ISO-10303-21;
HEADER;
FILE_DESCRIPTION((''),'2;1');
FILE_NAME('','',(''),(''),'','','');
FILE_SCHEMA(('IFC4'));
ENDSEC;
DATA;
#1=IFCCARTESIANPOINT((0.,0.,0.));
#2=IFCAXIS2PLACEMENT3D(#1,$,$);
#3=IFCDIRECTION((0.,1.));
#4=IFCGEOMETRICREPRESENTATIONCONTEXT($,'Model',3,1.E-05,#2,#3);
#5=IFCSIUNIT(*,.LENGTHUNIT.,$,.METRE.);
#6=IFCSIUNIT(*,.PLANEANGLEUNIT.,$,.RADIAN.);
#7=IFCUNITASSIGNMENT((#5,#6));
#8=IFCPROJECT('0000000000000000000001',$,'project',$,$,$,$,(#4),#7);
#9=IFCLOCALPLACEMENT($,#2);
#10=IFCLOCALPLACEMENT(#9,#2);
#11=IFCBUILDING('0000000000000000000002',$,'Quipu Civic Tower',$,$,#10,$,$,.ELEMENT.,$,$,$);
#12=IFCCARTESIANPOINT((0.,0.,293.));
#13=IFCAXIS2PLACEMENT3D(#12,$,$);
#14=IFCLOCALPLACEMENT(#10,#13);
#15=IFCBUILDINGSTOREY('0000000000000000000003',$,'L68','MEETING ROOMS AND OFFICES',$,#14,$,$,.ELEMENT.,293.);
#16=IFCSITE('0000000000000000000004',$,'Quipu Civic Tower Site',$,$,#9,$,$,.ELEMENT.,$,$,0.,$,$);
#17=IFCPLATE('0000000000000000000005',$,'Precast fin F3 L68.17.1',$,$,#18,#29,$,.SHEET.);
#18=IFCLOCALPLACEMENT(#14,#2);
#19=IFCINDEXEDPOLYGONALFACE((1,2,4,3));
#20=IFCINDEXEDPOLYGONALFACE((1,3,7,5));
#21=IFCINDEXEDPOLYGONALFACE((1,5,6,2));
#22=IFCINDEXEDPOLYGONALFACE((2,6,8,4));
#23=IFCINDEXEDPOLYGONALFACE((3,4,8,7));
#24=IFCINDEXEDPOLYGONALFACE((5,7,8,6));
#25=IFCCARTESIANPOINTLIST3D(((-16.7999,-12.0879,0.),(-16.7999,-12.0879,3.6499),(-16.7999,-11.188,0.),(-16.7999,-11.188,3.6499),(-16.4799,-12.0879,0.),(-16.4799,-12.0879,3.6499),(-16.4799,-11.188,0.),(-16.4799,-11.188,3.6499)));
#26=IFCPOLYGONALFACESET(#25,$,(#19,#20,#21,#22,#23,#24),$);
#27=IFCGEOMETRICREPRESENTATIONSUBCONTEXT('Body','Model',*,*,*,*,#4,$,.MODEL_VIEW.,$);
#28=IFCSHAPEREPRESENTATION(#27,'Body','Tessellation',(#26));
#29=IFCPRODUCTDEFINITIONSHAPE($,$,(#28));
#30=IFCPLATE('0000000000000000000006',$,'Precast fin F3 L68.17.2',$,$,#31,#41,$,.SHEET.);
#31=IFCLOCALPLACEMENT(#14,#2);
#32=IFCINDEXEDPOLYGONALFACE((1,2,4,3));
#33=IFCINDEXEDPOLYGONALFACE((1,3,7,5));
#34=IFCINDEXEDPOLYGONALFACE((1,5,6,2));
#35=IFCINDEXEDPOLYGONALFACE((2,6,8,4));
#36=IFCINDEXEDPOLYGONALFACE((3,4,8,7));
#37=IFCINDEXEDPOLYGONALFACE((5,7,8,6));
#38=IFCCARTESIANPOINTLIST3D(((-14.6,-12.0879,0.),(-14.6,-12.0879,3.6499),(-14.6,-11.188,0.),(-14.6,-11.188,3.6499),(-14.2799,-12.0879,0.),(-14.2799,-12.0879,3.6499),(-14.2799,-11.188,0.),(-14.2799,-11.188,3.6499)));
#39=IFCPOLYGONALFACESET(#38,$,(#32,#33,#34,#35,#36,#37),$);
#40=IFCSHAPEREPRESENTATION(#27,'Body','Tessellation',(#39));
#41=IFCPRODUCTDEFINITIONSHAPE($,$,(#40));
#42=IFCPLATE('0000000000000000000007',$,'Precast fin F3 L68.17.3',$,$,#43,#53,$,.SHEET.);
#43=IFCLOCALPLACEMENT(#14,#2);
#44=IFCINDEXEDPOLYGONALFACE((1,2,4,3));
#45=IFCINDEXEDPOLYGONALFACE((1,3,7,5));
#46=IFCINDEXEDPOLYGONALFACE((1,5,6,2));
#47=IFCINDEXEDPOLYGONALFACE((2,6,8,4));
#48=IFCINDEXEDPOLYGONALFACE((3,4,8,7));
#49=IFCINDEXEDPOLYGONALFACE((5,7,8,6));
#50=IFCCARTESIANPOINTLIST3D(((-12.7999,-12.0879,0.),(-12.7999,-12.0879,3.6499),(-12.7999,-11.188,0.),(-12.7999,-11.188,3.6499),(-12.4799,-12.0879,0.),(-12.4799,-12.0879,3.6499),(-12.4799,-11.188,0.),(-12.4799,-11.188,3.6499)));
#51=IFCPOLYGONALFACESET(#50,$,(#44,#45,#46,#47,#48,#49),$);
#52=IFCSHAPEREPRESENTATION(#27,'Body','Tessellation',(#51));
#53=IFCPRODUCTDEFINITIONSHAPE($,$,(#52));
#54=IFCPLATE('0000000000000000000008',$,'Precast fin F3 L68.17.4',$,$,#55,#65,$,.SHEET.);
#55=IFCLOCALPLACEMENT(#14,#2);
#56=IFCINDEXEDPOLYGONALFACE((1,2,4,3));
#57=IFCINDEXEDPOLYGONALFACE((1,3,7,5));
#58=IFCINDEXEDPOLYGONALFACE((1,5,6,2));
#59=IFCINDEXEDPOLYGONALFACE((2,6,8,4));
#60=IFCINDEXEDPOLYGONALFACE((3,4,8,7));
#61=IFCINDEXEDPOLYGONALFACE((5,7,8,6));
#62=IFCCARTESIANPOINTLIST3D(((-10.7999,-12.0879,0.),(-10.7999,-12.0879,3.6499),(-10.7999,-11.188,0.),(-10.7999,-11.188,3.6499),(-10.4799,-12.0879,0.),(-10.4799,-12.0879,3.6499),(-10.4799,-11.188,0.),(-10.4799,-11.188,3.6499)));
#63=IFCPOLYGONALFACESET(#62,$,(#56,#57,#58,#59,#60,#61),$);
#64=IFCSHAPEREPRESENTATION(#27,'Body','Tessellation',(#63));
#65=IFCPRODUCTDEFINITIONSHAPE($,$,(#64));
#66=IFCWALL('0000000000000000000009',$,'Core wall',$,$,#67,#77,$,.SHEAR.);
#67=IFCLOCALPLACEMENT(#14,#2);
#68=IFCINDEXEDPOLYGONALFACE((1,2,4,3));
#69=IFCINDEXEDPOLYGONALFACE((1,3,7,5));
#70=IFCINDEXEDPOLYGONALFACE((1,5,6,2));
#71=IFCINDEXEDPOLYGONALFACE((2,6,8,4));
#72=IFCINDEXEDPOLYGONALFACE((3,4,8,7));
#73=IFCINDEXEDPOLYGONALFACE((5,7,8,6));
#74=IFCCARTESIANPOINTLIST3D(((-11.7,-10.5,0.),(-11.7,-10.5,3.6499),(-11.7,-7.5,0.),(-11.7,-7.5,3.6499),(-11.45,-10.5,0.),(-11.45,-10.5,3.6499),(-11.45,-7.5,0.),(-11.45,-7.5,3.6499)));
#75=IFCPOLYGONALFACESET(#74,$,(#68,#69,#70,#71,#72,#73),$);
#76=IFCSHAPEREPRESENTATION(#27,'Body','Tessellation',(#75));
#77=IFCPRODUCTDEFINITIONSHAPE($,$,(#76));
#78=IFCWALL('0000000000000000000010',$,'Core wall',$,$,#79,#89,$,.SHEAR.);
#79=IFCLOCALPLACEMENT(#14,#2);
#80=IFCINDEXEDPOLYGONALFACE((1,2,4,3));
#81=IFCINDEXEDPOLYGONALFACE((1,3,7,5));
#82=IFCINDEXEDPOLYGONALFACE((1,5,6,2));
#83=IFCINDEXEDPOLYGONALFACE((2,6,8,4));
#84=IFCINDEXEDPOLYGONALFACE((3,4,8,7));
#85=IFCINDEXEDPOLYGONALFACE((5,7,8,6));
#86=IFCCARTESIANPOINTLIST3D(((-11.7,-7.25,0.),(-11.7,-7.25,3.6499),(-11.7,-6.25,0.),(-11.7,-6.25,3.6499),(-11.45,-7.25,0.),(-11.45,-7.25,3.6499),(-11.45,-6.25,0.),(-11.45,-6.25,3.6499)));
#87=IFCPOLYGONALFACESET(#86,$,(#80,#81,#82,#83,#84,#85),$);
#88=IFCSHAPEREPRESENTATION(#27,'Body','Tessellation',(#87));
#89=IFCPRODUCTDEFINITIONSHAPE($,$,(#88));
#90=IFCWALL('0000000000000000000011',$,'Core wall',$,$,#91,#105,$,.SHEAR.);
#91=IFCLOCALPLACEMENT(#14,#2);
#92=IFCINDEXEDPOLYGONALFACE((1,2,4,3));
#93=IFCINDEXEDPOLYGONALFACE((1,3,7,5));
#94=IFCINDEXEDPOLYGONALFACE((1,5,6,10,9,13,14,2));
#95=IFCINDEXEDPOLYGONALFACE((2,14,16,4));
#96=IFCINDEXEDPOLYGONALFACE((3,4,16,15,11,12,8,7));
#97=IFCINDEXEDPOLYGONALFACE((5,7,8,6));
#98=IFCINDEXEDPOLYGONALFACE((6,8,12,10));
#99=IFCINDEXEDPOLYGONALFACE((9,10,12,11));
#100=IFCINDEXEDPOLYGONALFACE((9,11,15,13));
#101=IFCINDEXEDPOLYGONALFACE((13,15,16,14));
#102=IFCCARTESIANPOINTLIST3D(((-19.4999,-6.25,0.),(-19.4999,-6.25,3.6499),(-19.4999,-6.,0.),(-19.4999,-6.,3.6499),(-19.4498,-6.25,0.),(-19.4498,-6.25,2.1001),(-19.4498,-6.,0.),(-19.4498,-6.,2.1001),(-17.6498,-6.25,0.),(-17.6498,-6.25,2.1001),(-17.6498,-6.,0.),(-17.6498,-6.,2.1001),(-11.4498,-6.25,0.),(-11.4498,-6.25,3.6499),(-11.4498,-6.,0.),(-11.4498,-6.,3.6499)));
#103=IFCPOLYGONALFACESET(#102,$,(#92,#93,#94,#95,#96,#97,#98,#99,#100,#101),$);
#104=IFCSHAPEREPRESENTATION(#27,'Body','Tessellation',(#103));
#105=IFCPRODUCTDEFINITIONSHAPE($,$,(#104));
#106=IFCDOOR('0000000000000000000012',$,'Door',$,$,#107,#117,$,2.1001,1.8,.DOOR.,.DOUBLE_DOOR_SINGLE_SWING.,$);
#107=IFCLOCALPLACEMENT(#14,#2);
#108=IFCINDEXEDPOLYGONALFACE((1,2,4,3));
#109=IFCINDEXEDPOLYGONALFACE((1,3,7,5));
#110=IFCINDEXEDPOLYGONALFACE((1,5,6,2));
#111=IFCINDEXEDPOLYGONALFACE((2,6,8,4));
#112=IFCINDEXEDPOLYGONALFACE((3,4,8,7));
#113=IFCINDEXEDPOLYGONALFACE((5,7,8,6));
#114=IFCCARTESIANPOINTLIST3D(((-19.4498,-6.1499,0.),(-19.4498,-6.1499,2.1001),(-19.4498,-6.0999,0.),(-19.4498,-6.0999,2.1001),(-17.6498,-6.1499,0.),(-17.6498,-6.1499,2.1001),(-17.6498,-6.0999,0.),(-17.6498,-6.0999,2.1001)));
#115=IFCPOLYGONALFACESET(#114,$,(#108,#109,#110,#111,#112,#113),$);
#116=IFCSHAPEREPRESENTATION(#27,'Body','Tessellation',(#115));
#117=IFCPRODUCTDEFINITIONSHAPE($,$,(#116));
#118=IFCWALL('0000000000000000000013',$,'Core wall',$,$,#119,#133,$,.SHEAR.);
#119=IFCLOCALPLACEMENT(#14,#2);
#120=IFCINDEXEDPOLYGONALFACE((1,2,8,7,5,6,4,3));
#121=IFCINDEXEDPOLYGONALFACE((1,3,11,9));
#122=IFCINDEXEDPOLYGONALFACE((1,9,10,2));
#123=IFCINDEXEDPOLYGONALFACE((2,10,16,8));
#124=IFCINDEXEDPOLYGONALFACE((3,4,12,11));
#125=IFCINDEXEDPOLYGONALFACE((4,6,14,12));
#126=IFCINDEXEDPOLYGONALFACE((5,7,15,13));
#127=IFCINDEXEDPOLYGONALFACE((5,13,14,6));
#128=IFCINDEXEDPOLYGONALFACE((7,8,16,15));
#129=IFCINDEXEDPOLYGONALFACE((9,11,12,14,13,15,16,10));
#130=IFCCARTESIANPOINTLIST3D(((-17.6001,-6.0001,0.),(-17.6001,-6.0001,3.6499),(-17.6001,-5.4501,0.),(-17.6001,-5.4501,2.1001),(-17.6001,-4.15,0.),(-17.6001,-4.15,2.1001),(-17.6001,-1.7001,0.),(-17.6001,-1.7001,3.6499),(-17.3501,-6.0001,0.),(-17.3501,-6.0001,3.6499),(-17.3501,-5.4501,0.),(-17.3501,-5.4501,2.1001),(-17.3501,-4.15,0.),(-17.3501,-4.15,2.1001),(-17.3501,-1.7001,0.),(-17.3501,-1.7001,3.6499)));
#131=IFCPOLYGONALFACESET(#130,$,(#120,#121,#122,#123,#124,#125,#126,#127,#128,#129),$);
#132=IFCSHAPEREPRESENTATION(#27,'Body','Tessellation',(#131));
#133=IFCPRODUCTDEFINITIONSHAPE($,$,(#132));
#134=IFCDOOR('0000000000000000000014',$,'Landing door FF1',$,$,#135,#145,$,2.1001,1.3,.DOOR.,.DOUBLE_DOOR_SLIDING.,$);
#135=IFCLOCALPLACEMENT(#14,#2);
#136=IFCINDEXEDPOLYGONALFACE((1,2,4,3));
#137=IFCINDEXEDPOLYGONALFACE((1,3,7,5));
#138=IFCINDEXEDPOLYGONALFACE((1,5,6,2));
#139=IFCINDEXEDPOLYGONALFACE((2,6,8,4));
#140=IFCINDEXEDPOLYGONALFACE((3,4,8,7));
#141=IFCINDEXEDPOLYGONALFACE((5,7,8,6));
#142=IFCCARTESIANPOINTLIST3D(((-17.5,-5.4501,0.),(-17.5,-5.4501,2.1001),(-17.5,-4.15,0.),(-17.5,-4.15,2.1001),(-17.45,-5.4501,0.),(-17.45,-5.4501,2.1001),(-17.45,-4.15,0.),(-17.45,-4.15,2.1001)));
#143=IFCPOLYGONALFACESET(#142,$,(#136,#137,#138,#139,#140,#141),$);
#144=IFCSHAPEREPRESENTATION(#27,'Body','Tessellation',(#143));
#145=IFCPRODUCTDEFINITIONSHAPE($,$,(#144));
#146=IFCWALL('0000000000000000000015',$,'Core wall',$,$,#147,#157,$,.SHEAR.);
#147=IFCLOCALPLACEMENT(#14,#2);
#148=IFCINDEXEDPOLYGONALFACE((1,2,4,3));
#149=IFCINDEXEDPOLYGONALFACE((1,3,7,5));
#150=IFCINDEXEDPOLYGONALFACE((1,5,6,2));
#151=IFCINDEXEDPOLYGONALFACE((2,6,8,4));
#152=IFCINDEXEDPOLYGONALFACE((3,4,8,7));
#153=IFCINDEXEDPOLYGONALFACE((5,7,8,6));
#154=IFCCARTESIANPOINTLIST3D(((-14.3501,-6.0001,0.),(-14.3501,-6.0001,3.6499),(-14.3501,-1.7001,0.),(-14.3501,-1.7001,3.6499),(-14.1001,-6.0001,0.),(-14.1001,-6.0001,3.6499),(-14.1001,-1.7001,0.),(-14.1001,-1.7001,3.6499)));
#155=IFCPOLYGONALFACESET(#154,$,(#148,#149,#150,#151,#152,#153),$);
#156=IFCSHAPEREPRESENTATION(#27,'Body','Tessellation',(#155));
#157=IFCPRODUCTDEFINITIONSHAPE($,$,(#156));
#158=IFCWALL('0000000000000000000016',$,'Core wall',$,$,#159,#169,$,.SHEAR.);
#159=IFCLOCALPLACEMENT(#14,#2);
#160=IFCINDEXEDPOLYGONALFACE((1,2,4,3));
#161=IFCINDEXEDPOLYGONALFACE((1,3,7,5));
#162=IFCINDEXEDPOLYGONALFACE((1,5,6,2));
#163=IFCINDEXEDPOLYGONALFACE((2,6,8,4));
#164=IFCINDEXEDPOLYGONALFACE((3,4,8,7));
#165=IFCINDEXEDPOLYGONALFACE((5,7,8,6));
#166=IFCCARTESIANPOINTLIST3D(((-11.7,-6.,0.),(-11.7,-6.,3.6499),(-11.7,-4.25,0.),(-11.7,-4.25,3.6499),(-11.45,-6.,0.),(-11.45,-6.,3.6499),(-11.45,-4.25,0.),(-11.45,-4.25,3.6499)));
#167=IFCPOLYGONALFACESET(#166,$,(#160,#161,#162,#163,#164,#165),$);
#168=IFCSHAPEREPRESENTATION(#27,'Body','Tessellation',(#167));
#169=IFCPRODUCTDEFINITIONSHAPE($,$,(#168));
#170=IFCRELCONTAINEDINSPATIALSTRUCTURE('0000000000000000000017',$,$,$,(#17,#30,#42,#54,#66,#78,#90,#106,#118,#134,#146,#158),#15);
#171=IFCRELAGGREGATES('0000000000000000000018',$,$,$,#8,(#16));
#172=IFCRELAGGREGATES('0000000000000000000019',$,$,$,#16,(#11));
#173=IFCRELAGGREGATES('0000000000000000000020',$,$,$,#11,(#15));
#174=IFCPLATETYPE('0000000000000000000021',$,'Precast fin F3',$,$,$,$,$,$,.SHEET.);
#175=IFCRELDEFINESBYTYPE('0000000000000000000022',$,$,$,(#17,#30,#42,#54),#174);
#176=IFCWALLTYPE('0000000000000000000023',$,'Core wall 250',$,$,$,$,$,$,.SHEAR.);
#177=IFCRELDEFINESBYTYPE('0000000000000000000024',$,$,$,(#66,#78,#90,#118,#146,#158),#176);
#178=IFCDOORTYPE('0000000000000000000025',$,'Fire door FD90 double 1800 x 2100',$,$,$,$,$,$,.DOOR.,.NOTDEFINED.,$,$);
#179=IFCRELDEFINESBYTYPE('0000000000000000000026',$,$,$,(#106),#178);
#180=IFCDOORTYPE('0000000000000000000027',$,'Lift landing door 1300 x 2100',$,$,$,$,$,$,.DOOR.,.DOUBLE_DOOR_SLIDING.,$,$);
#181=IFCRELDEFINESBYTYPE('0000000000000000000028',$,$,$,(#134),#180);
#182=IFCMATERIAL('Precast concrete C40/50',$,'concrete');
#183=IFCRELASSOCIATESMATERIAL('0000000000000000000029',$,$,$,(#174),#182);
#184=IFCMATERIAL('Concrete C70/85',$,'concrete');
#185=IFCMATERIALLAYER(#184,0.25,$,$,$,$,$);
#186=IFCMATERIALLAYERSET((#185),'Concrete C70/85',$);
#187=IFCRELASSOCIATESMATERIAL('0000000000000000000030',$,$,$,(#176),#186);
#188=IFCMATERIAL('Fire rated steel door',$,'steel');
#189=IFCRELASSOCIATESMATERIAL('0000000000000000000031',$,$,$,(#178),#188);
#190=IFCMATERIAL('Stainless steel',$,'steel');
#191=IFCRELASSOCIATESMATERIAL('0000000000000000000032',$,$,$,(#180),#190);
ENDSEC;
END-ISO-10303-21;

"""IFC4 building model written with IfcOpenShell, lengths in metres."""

from ifc_helpers import new_model, si_unit, direction, frame, frame_2d, origin, origin_2d, place, context, subcontext, project, spatial, rectangle, extrude, material, layer, layer_set, type_object, element, fill, save


model = new_model("IFC4")

# Units and contexts
model_context = context("Model", 3, precision=1e-05, world=origin(), true_north=direction((0.0, 1.0)))
body_context = subcontext(model_context, "Body", "Model", "MODEL_VIEW")
ifc_project = project(units=[si_unit("LENGTHUNIT", "METRE"), si_unit("PLANEANGLEUNIT", "RADIAN")], contexts=[model_context])

# Site, building, storey
site_placement = place(None, origin())
site = spatial("IfcSite", under=ifc_project, at=site_placement, Name="Quipu Civic Tower Site", CompositionType="ELEMENT", RefElevation=0.0)
building_placement = place(site_placement, origin())
building = spatial("IfcBuilding", under=site, at=building_placement, Name="Quipu Civic Tower", CompositionType="ELEMENT")
storey_placement = place(building_placement, frame((0.0, 0.0, 293.0)))
storey = spatial("IfcBuildingStorey", under=building, at=storey_placement, Name="L68", Description="MEETING ROOMS AND OFFICES", CompositionType="ELEMENT", Elevation=293.0)

# Plates
ifc_material_1 = material(Name="Precast concrete C40/50", Category="concrete")
plate_type = type_object("IfcPlateType", Name="Precast fin F3", PredefinedType="SHEET", material=ifc_material_1)
for number, where, z_axis, x_axis, name in (
    (1, (-16.6399, -11.6379, 0.0), (0.0, 0.0, 1.0), (1.0, 0.0, 0.0), "Precast fin F3 L68.17.1"),
    (2, (-14.4399, -11.6379, 0.0), (0.0, 0.0, 1.0), (1.0, 0.0, 0.0), "Precast fin F3 L68.17.2"),
    (3, (-12.6399, -11.6379, 0.0), (0.0, 0.0, 1.0), (1.0, 0.0, 0.0), "Precast fin F3 L68.17.3"),
    (4, (-10.6399, -11.6379, 0.0), (0.0, 0.0, 1.0), (1.0, 0.0, 0.0), "Precast fin F3 L68.17.4"),
):
    element("IfcPlate", number, at=place(storey_placement, frame(where, z_axis=z_axis, x_axis=x_axis)), inside=storey, type_object=plate_type, Name=name, PredefinedType="SHEET", context=body_context, shape_type="SweptSolid", body=[
        extrude(rectangle(XDim=0.3201, YDim=0.8999, at=origin_2d()), origin(), (0.0, 0.0, 1.0), 3.6499),
    ])

# Walls
ifc_material_2 = material(Name="Concrete C70/85", Category="concrete")
ifc_layer_1 = layer(ifc_material_2, 0.25)
ifc_layer_set_1 = layer_set([ifc_layer_1], Name="Concrete C70/85")
wall_type_1 = type_object("IfcWallType", Name="Core wall 250", PredefinedType="SHEAR", material=ifc_layer_set_1)
wall_1_placement = place(storey_placement, frame((-11.575, -10.5, 0.0), z_axis=(0.0, 0.0, 1.0), x_axis=(0.0, 1.0, 0.0)))
element("IfcWall", 5, at=wall_1_placement, inside=storey, type_object=wall_type_1, Name="Core wall", PredefinedType="SHEAR", context=body_context, shape_type="SweptSolid", body=[
    extrude(rectangle(XDim=3.0, YDim=0.25, at=frame_2d((1.5, 0.0))), origin(), (0.0, 0.0, 1.0), 3.6499),
])
wall_2_placement = place(storey_placement, frame((-11.575, -7.25, 0.0), z_axis=(0.0, 0.0, 1.0), x_axis=(0.0, 1.0, 0.0)))
element("IfcWall", 6, at=wall_2_placement, inside=storey, type_object=wall_type_1, Name="Core wall", PredefinedType="SHEAR", context=body_context, shape_type="SweptSolid", body=[
    extrude(rectangle(XDim=1.0, YDim=0.25, at=frame_2d((0.5, 0.0))), origin(), (0.0, 0.0, 1.0), 3.6499),
])

# Walls, openings, doors
wall_3_placement = place(storey_placement, frame((-11.45, -6.125, 0.0), z_axis=(0.0, 0.0, 1.0), x_axis=(-1.0, 0.0, 0.0)))
wall_3 = element("IfcWall", 7, at=wall_3_placement, inside=storey, type_object=wall_type_1, Name="Core wall", PredefinedType="SHEAR", context=body_context, shape_type="SweptSolid", body=[
    extrude(rectangle(XDim=8.05, YDim=0.25, at=frame_2d((4.0249, 0.0))), origin(), (0.0, 0.0, 1.0), 3.6499),
])
opening_1_placement = place(wall_3_placement, frame((6.2, 0.0, 0.0)))
opening_1 = element("IfcOpeningElement", 8, at=opening_1_placement, cuts=wall_3, PredefinedType="OPENING", context=body_context, shape_type="SweptSolid", body=[
    extrude(rectangle(XDim=1.8, YDim=2.1001, at=frame_2d((0.8999, 1.05))), frame((0.0, 0.135, 0.0), z_axis=(0.0, -1.0, 0.0), x_axis=(1.0, 0.0, 0.0)), (0.0, 0.0, 1.0), 0.27),
])
ifc_material_3 = material(Name="Fire rated steel door", Category="steel")
door_type_1 = type_object("IfcDoorType", Name="Fire door FD90 double 1800 x 2100", OperationType="NOTDEFINED", PredefinedType="DOOR", material=ifc_material_3)
door_1_placement = place(opening_1_placement, origin())
door_1 = element("IfcDoor", 9, at=door_1_placement, inside=storey, type_object=door_type_1, Name="Door", OperationType="DOUBLE_DOOR_SINGLE_SWING", OverallHeight=2.1001, OverallWidth=1.8, PredefinedType="DOOR", context=body_context, shape_type="SweptSolid", body=[
    extrude(rectangle(XDim=1.8, YDim=2.1001, at=frame_2d((0.8999, 1.05))), frame((0.0, 0.0249, 0.0), z_axis=(0.0, -1.0, 0.0), x_axis=(1.0, 0.0, 0.0)), (0.0, 0.0, 1.0), 0.05),
])
fill(opening_1, door_1)
wall_4_placement = place(storey_placement, frame((-17.4751, -6.0, 0.0), z_axis=(0.0, 0.0, 1.0), x_axis=(0.0, 1.0, 0.0)))
wall_4 = element("IfcWall", 10, at=wall_4_placement, inside=storey, type_object=wall_type_1, Name="Core wall", PredefinedType="SHEAR", context=body_context, shape_type="SweptSolid", body=[
    extrude(rectangle(XDim=4.3, YDim=0.25, at=frame_2d((2.1499, 0.0))), origin(), (0.0, 0.0, 1.0), 3.6499),
])
opening_2_placement = place(wall_4_placement, frame((0.55, 0.0, 0.0)))
opening_2 = element("IfcOpeningElement", 11, at=opening_2_placement, cuts=wall_4, PredefinedType="OPENING", context=body_context, shape_type="SweptSolid", body=[
    extrude(rectangle(XDim=1.3, YDim=2.1001, at=frame_2d((0.6499, 1.05))), frame((0.0, 0.135, 0.0), z_axis=(0.0, -1.0, 0.0), x_axis=(1.0, 0.0, 0.0)), (0.0, 0.0, 1.0), 0.27),
])
ifc_material_4 = material(Name="Stainless steel", Category="steel")
door_type_2 = type_object("IfcDoorType", Name="Lift landing door 1300 x 2100", OperationType="DOUBLE_DOOR_SLIDING", PredefinedType="DOOR", material=ifc_material_4)
door_2_placement = place(opening_2_placement, origin())
door_2 = element("IfcDoor", 12, at=door_2_placement, inside=storey, type_object=door_type_2, Name="Landing door FF1", OperationType="DOUBLE_DOOR_SLIDING", OverallHeight=2.1001, OverallWidth=1.3, PredefinedType="DOOR", context=body_context, shape_type="SweptSolid", body=[
    extrude(rectangle(XDim=1.3, YDim=2.1001, at=frame_2d((0.6499, 1.05))), frame((0.0, 0.0249, 0.0), z_axis=(0.0, -1.0, 0.0), x_axis=(1.0, 0.0, 0.0)), (0.0, 0.0, 1.0), 0.05),
])
fill(opening_2, door_2)

# Walls
wall_5_placement = place(storey_placement, frame((-14.2251, -6.0, 0.0), z_axis=(0.0, 0.0, 1.0), x_axis=(0.0, 1.0, 0.0)))
element("IfcWall", 13, at=wall_5_placement, inside=storey, type_object=wall_type_1, Name="Core wall", PredefinedType="SHEAR", context=body_context, shape_type="SweptSolid", body=[
    extrude(rectangle(XDim=4.3, YDim=0.25, at=frame_2d((2.1499, 0.0))), origin(), (0.0, 0.0, 1.0), 3.6499),
])
wall_6_placement = place(storey_placement, frame((-11.575, -6.0, 0.0), z_axis=(0.0, 0.0, 1.0), x_axis=(0.0, 1.0, 0.0)))
element("IfcWall", 14, at=wall_6_placement, inside=storey, type_object=wall_type_1, Name="Core wall", PredefinedType="SHEAR", context=body_context, shape_type="SweptSolid", body=[
    extrude(rectangle(XDim=1.75, YDim=0.25, at=frame_2d((0.875, 0.0))), origin(), (0.0, 0.0, 1.0), 3.6499),
])

save(model, "model.ifc")
